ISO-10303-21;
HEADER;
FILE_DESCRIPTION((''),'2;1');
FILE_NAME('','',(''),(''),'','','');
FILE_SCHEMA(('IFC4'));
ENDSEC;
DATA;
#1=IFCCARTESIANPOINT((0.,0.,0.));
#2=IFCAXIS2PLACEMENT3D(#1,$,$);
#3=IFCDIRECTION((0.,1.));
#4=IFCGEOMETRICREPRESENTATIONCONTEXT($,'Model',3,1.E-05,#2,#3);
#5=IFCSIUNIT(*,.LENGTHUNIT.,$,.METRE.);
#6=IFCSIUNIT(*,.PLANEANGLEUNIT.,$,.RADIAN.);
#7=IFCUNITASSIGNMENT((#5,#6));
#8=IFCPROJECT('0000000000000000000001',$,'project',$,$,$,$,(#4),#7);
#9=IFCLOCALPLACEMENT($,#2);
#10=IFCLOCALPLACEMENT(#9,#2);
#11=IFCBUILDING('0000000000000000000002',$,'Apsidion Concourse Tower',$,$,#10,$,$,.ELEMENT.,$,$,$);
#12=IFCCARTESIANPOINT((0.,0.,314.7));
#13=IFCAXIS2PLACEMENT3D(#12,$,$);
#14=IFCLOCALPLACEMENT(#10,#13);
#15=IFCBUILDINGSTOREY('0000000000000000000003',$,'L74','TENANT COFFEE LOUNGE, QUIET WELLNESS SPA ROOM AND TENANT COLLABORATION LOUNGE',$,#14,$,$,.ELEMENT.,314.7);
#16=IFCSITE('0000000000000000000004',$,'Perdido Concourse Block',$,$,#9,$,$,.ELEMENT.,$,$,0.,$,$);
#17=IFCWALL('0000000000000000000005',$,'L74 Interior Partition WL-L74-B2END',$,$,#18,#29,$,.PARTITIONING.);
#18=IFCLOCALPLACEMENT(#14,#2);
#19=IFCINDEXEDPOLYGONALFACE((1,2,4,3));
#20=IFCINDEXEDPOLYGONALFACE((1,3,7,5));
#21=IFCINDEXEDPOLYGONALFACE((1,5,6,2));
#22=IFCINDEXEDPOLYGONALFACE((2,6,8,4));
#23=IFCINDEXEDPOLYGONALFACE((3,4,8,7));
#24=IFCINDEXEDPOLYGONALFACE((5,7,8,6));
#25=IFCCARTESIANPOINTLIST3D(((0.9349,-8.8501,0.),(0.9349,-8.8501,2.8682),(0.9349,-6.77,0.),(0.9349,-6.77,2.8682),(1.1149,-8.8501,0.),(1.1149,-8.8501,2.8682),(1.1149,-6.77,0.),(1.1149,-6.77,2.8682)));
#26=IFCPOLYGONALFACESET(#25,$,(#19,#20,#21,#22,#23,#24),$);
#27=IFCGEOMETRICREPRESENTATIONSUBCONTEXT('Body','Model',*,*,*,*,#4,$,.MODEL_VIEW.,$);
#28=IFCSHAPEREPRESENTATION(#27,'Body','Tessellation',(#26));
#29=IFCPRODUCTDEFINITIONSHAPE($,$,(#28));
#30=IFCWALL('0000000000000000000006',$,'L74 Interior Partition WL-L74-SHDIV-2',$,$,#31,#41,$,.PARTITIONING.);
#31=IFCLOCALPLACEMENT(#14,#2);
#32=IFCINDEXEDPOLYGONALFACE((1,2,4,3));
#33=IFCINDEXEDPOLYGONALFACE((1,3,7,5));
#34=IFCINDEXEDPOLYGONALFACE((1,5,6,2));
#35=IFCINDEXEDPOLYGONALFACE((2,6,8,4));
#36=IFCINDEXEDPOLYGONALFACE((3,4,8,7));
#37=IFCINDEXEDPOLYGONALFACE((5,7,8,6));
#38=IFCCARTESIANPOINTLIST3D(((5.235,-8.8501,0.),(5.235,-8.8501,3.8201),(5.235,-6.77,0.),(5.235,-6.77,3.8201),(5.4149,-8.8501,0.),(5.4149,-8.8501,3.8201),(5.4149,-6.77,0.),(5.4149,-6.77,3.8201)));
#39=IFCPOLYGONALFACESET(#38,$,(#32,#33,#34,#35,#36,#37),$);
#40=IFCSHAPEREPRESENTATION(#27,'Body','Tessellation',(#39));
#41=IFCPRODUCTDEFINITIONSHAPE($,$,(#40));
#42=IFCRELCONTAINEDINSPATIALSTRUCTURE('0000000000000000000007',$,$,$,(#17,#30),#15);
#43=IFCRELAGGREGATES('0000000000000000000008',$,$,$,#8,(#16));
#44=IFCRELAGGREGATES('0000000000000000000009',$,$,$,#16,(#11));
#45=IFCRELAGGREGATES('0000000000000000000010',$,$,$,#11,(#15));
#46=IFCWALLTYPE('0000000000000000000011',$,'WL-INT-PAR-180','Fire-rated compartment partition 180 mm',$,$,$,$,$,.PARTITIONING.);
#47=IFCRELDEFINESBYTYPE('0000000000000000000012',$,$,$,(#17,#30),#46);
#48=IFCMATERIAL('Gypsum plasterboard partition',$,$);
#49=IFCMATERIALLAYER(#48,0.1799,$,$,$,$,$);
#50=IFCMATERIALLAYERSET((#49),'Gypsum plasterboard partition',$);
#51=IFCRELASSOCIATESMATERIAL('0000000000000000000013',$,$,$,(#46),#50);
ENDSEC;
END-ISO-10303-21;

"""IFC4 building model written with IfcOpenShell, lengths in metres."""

from ifc_helpers import new_model, si_unit, direction, frame, frame_2d, origin, place, context, subcontext, project, spatial, rectangle, extrude, material, layer, layer_set, type_object, element, save


model = new_model("IFC4")

# Units and contexts
model_context = context("Model", 3, precision=1e-05, world=origin(), true_north=direction((0.0, 1.0)))
body_context = subcontext(model_context, "Body", "Model", "MODEL_VIEW")
ifc_project = project(units=[si_unit("LENGTHUNIT", "METRE"), si_unit("PLANEANGLEUNIT", "RADIAN")], contexts=[model_context])

# Site, building, storey
site_placement = place(None, origin())
site = spatial("IfcSite", under=ifc_project, at=site_placement, Name="Perdido Concourse Block", CompositionType="ELEMENT", RefElevation=0.0)
building_placement = place(site_placement, origin())
building = spatial("IfcBuilding", under=site, at=building_placement, Name="Apsidion Concourse Tower", CompositionType="ELEMENT")
storey_placement = place(building_placement, frame((0.0, 0.0, 314.7)))
storey = spatial("IfcBuildingStorey", under=building, at=storey_placement, Name="L74", Description="TENANT COFFEE LOUNGE, QUIET WELLNESS SPA ROOM AND TENANT COLLABORATION LOUNGE", CompositionType="ELEMENT", Elevation=314.7)

# Shared definitions
ifc_material_1 = material(Name="Gypsum plasterboard partition")

# Walls
ifc_layer_1 = layer(ifc_material_1, 0.1799)
ifc_layer_set_1 = layer_set([ifc_layer_1], Name="Gypsum plasterboard partition")
wall_type_1 = type_object("IfcWallType", Name="WL-INT-PAR-180", Description="Fire-rated compartment partition 180 mm", PredefinedType="PARTITIONING", material=ifc_layer_set_1)
wall_1_placement = place(storey_placement, frame((1.0249, -8.8501, 0.0), z_axis=(0.0, 0.0, 1.0), x_axis=(0.0, 1.0, 0.0)))
element("IfcWall", 1, at=wall_1_placement, inside=storey, type_object=wall_type_1, Name="L74 Interior Partition WL-L74-B2END", PredefinedType="PARTITIONING", context=body_context, shape_type="SweptSolid", body=[
    extrude(rectangle(XDim=2.0801, YDim=0.1799, at=frame_2d((1.04, 0.0))), origin(), (0.0, 0.0, 1.0), 2.8682),
])
wall_2_placement = place(storey_placement, frame((5.325, -8.8501, 0.0), z_axis=(0.0, 0.0, 1.0), x_axis=(0.0, 1.0, 0.0)))
element("IfcWall", 2, at=wall_2_placement, inside=storey, type_object=wall_type_1, Name="L74 Interior Partition WL-L74-SHDIV-2", PredefinedType="PARTITIONING", context=body_context, shape_type="SweptSolid", body=[
    extrude(rectangle(XDim=2.0801, YDim=0.1799, at=frame_2d((1.04, 0.0))), origin(), (0.0, 0.0, 1.0), 3.8201),
])

save(model, "model.ifc")
